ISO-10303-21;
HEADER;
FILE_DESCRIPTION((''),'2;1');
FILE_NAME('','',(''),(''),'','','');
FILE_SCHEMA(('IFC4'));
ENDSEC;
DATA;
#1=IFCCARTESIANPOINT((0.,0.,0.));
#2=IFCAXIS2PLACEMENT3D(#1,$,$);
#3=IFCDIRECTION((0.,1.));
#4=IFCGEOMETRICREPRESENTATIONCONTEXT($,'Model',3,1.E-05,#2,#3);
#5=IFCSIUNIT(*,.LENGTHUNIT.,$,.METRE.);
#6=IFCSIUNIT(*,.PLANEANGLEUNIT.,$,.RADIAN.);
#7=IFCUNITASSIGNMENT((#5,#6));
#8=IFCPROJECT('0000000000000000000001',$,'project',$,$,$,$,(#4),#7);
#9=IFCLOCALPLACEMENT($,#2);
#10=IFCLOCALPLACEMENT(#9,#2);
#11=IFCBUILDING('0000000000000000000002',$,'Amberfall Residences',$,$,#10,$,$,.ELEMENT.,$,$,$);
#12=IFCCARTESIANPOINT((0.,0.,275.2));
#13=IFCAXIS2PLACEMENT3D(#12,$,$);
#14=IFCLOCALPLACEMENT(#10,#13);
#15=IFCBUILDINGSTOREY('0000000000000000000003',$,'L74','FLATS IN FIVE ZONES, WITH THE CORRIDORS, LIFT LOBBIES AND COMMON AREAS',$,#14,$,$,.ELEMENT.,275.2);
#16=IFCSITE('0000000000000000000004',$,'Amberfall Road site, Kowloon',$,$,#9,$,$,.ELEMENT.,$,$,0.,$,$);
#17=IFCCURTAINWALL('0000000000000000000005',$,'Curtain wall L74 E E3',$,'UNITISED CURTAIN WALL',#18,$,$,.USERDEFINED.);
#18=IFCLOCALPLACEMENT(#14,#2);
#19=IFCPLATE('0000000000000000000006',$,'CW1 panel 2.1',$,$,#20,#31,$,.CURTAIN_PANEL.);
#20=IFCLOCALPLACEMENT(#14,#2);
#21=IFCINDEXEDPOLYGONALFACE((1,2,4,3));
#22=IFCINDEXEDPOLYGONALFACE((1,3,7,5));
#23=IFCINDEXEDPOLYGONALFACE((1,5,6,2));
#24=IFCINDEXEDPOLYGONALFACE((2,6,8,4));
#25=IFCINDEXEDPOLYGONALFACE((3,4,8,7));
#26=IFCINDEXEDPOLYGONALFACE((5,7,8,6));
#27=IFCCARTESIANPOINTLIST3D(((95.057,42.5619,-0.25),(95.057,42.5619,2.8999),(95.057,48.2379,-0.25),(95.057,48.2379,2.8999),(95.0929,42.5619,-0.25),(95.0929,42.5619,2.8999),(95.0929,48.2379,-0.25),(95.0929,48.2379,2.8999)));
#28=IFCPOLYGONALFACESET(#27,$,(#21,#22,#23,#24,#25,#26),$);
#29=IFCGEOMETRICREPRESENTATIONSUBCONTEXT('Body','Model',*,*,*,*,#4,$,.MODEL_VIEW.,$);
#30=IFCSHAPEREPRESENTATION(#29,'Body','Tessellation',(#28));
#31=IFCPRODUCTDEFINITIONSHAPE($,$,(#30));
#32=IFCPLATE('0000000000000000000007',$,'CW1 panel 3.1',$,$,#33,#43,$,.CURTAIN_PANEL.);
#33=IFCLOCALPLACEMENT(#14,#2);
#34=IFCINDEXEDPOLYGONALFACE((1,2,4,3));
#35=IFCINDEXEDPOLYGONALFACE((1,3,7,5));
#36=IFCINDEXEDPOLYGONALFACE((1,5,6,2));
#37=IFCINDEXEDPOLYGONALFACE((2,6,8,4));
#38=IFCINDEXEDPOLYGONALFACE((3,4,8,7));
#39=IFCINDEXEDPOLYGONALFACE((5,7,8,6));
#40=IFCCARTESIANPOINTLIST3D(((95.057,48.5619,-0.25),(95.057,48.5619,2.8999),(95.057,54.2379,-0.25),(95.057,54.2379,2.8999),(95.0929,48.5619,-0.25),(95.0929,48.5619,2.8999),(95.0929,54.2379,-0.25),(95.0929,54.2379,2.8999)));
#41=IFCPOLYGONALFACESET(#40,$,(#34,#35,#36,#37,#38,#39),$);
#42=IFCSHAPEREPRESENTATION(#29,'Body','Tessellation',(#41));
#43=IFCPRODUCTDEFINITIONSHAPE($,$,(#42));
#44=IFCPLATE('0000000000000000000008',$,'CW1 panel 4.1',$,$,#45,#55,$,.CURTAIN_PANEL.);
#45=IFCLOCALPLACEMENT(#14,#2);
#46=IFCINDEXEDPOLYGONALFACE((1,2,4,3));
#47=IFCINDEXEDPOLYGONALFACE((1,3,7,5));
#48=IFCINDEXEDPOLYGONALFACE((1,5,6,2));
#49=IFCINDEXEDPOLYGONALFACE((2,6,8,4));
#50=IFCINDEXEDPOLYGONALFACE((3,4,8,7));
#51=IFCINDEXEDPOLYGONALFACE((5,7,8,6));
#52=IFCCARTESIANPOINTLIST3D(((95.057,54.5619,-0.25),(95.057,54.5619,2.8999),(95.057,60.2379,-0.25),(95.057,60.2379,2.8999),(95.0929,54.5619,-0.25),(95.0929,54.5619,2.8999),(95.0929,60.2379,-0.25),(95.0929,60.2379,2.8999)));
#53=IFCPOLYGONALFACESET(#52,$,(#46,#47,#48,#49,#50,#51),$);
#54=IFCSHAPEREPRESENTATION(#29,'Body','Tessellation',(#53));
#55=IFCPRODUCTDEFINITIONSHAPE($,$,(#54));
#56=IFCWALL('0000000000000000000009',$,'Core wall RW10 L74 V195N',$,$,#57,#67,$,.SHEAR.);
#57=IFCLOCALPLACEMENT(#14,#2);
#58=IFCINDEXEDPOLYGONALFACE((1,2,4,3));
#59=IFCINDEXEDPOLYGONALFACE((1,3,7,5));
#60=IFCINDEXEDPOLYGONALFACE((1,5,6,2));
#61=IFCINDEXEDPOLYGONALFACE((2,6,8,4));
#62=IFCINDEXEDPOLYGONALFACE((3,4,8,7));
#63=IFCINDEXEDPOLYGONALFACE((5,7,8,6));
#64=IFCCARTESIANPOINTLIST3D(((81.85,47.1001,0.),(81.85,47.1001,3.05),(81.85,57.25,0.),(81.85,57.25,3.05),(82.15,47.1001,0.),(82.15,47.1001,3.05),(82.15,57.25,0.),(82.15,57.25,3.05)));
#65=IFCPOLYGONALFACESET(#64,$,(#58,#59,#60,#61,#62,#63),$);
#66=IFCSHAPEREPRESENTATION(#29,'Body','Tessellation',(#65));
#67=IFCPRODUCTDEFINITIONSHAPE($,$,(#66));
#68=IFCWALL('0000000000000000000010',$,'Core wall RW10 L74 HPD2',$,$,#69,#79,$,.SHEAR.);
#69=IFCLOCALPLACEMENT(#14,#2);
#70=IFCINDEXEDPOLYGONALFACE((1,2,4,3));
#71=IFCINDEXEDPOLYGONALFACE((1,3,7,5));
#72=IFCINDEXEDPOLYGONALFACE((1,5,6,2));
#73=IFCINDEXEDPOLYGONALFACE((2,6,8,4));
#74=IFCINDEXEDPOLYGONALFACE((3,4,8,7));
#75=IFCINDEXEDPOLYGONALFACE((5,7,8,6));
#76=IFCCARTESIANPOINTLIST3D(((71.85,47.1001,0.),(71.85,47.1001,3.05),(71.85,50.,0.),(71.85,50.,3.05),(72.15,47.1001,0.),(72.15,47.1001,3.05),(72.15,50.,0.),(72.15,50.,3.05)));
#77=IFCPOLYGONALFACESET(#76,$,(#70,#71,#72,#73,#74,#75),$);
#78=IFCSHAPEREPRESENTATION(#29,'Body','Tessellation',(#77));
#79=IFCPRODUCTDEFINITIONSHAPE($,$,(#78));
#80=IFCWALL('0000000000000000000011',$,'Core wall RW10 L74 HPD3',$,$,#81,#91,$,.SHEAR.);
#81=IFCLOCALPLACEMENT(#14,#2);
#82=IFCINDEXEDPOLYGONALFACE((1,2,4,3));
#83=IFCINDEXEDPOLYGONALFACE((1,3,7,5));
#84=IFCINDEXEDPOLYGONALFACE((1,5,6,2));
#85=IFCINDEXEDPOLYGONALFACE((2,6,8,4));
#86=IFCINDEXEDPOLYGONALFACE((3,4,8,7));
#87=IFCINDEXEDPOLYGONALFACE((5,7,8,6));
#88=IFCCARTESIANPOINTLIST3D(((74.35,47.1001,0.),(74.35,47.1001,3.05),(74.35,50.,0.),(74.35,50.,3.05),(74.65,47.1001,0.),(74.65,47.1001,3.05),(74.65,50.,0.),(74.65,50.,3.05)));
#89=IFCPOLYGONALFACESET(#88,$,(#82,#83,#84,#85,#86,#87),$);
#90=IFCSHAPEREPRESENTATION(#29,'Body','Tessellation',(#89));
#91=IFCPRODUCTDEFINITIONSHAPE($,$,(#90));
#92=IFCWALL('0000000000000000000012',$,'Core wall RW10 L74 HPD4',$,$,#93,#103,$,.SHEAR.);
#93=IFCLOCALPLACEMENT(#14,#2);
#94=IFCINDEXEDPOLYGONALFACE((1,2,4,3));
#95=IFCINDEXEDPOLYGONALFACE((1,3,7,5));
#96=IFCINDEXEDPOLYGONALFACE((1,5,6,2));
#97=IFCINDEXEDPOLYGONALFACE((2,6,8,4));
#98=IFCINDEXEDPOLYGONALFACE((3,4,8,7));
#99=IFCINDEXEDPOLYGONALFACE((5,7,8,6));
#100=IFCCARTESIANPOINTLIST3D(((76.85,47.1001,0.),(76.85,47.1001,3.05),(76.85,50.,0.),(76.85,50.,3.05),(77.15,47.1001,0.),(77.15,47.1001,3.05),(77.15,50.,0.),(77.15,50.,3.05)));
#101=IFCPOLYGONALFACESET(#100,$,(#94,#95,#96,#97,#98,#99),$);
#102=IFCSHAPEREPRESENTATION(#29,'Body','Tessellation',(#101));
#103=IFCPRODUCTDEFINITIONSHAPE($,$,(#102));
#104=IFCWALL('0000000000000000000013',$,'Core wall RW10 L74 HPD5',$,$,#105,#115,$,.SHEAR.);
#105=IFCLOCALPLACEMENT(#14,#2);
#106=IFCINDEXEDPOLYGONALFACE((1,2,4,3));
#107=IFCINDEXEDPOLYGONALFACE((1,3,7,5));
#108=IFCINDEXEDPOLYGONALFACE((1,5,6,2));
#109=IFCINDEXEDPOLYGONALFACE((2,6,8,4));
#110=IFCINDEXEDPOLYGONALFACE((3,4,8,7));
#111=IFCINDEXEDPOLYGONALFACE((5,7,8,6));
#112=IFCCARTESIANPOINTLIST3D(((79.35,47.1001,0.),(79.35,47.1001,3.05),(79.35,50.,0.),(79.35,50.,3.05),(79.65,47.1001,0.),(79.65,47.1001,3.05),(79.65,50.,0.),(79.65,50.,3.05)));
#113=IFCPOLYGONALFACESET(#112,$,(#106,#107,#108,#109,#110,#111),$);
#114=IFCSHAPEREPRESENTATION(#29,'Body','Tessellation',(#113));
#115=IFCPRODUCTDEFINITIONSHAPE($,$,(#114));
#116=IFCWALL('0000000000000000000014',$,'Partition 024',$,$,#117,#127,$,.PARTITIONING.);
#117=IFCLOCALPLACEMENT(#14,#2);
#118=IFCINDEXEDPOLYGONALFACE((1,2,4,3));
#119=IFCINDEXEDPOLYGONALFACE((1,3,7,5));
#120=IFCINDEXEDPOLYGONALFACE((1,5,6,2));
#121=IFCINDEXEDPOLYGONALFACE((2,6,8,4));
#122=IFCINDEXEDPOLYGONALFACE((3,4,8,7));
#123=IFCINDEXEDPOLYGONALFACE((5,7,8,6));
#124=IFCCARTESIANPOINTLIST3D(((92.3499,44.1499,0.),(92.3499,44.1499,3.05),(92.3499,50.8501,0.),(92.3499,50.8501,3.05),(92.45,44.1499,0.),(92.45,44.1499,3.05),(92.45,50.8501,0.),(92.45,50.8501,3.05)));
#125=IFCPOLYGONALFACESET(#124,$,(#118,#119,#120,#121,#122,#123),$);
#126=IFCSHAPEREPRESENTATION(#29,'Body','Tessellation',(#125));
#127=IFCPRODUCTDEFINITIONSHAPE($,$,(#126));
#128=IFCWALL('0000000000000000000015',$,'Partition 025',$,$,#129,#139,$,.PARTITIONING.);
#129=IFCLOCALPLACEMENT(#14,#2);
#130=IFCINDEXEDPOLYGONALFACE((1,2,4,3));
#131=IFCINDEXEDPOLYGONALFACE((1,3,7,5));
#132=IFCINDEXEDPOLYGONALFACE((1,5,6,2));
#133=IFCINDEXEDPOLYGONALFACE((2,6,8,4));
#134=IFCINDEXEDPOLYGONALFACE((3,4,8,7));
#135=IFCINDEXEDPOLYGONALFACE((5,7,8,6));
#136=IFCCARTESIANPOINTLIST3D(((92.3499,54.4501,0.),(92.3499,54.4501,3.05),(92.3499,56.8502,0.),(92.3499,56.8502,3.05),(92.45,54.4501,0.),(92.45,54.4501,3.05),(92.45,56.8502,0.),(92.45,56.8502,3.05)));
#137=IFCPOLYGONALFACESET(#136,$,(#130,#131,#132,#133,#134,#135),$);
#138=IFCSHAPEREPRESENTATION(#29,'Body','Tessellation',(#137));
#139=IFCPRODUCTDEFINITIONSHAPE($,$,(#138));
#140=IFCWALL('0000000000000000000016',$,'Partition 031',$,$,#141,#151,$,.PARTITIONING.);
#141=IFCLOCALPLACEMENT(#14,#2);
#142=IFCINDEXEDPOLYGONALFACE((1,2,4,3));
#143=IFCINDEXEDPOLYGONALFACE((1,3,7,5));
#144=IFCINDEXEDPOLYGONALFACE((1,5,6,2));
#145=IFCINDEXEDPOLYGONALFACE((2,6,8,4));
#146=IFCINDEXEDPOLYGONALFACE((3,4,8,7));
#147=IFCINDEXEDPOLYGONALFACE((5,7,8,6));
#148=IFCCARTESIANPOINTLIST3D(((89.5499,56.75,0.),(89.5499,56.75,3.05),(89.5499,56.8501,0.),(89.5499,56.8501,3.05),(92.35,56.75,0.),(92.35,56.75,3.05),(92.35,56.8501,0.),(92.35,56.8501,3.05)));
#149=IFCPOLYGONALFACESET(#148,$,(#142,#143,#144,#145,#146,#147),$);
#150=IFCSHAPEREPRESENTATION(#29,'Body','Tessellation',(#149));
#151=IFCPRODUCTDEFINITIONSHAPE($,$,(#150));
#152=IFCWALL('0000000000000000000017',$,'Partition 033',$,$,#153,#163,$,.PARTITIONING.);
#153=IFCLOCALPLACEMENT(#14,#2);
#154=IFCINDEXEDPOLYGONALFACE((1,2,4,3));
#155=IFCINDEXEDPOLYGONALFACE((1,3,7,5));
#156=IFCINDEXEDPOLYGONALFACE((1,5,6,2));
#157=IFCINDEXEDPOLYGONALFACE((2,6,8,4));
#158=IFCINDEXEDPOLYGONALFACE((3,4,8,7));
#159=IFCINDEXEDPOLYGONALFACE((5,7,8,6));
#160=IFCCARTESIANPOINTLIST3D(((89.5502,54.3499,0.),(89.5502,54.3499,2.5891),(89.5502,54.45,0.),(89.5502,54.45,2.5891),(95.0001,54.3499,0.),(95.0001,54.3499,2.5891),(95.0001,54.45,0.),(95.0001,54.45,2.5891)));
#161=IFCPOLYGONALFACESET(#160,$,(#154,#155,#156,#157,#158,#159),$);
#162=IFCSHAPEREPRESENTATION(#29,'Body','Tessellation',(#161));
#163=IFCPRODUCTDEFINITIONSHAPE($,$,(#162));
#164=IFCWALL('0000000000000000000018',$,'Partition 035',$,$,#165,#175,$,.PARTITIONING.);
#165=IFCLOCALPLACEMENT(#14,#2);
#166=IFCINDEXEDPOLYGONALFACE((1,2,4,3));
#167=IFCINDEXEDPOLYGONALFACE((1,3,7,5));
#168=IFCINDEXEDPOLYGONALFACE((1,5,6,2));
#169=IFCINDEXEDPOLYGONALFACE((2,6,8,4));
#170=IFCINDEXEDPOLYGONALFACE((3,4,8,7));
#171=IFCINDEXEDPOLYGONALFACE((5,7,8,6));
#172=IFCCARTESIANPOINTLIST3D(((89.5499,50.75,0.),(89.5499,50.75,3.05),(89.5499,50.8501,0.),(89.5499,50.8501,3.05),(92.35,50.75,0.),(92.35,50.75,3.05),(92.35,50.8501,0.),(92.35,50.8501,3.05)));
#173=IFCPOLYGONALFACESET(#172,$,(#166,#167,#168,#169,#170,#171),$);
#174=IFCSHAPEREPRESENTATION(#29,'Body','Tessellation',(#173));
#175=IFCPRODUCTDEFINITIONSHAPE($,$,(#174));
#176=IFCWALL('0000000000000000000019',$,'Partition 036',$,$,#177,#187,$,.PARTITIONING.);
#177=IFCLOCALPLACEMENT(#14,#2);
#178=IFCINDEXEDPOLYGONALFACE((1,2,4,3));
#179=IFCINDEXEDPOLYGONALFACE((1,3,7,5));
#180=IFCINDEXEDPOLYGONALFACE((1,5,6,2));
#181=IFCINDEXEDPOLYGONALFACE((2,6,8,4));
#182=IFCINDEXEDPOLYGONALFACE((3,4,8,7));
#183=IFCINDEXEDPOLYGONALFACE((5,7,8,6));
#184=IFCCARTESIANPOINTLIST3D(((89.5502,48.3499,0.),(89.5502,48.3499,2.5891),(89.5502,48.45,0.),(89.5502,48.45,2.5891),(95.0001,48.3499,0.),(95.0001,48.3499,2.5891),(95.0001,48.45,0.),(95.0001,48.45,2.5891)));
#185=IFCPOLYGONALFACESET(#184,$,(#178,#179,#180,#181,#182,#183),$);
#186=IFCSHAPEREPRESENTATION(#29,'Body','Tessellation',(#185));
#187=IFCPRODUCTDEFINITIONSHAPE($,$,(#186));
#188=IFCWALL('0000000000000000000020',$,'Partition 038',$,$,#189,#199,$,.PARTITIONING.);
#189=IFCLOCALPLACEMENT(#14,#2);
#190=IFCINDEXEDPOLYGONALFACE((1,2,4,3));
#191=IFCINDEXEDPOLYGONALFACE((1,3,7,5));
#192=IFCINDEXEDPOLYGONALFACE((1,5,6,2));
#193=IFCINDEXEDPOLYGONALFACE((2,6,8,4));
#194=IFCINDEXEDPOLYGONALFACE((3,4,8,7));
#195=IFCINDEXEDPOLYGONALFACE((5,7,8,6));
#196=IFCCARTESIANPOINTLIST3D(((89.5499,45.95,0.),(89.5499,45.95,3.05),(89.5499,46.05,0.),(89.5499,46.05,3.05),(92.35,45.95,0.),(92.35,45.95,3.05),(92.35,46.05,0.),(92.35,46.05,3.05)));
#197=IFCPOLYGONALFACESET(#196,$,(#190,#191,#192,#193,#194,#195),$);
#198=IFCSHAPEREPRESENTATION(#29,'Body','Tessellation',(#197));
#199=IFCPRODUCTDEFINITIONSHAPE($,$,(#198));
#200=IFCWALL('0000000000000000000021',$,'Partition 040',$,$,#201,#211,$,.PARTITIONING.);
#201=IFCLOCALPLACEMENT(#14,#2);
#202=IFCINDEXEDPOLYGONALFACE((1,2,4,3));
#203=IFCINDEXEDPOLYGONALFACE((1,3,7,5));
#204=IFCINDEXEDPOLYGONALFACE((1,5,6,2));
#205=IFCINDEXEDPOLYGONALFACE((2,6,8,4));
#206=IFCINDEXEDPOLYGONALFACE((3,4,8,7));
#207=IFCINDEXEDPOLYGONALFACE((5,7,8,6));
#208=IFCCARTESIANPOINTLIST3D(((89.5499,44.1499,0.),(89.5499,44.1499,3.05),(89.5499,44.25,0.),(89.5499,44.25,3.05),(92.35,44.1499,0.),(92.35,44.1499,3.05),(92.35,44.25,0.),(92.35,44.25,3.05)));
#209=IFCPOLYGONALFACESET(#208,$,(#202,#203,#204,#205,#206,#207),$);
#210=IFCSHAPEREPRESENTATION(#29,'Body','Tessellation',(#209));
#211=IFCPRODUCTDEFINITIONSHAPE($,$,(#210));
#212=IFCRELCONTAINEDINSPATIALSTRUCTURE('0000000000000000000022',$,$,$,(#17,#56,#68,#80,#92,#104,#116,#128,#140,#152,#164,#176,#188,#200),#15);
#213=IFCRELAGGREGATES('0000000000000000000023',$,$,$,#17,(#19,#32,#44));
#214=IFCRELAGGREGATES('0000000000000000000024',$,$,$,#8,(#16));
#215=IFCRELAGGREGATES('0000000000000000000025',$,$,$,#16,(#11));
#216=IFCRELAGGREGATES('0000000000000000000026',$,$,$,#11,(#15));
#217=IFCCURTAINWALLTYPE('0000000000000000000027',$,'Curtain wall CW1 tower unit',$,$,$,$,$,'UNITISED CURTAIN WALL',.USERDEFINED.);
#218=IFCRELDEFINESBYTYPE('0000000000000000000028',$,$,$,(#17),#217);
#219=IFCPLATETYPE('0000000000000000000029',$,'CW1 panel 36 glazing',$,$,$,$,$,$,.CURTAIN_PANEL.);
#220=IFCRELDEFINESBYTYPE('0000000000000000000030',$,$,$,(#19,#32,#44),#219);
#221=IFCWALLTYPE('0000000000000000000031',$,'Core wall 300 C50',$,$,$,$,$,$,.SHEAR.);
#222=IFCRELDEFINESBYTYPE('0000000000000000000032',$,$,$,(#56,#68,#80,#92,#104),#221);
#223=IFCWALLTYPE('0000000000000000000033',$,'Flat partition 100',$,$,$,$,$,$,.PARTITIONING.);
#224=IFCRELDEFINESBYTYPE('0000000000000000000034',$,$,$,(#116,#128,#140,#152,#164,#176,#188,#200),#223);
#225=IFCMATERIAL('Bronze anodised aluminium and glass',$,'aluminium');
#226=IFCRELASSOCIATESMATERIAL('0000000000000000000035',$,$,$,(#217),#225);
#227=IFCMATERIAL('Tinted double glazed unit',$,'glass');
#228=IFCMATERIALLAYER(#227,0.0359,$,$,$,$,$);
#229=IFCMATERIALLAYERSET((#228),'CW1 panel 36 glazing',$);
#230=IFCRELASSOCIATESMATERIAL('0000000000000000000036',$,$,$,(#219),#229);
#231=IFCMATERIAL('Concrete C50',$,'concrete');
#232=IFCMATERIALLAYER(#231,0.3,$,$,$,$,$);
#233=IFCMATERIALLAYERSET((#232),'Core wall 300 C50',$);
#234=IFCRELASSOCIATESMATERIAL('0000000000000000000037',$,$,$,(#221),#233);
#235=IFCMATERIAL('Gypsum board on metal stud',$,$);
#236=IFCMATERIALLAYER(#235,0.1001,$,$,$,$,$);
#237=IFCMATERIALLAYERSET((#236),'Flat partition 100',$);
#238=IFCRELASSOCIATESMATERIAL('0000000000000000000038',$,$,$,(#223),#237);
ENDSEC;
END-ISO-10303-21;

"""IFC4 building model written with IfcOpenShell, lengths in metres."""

from ifc_helpers import new_model, si_unit, direction, frame, frame_2d, origin, origin_2d, place, context, subcontext, project, spatial, rectangle, extrude, material, layer, layer_set, type_object, element, aggregate, save


model = new_model("IFC4")

# Units and contexts
model_context = context("Model", 3, precision=1e-05, world=origin(), true_north=direction((0.0, 1.0)))
body_context = subcontext(model_context, "Body", "Model", "MODEL_VIEW")
ifc_project = project(units=[si_unit("LENGTHUNIT", "METRE"), si_unit("PLANEANGLEUNIT", "RADIAN")], contexts=[model_context])

# Site, building, storey
site_placement = place(None, origin())
site = spatial("IfcSite", under=ifc_project, at=site_placement, Name="Amberfall Road site, Kowloon", CompositionType="ELEMENT", RefElevation=0.0)
building_placement = place(site_placement, origin())
building = spatial("IfcBuilding", under=site, at=building_placement, Name="Amberfall Residences", CompositionType="ELEMENT")
storey_placement = place(building_placement, frame((0.0, 0.0, 275.2)))
storey = spatial("IfcBuildingStorey", under=building, at=storey_placement, Name="L74", Description="FLATS IN FIVE ZONES, WITH THE CORRIDORS, LIFT LOBBIES AND COMMON AREAS", CompositionType="ELEMENT", Elevation=275.2)

# Shared definitions
ifc_material_1 = material(Name="Concrete C50", Category="concrete")

# Curtain wall
ifc_material_2 = material(Name="Bronze anodised aluminium and glass", Category="aluminium")
curtain_wall_type = type_object("IfcCurtainWallType", Name="Curtain wall CW1 tower unit", ElementType="UNITISED CURTAIN WALL", PredefinedType="USERDEFINED", material=ifc_material_2)
curtain_wall_placement = place(storey_placement, origin())
curtain_wall = element("IfcCurtainWall", 1, at=curtain_wall_placement, inside=storey, type_object=curtain_wall_type, Name="Curtain wall L74 E E3", ObjectType="UNITISED CURTAIN WALL", PredefinedType="USERDEFINED")

# Plates
ifc_material_3 = material(Name="Tinted double glazed unit", Category="glass")
ifc_layer_1 = layer(ifc_material_3, 0.0359)
ifc_layer_set_1 = layer_set([ifc_layer_1], Name="CW1 panel 36 glazing")
plate_type = type_object("IfcPlateType", Name="CW1 panel 36 glazing", PredefinedType="CURTAIN_PANEL", material=ifc_layer_set_1)
plate_1_placement = place(storey_placement, frame((95.075, 45.3999, -0.25), z_axis=(0.0, 0.0, 1.0), x_axis=(0.0, 1.0, 0.0)))
plate_1 = element("IfcPlate", 2, at=plate_1_placement, type_object=plate_type, Name="CW1 panel 2.1", PredefinedType="CURTAIN_PANEL", context=body_context, shape_type="SweptSolid", body=[
    extrude(rectangle(XDim=5.676, YDim=0.0359, at=origin_2d()), origin(), (0.0, 0.0, 1.0), 3.1499),
])
plate_2_placement = place(storey_placement, frame((95.075, 51.3999, -0.25), z_axis=(0.0, 0.0, 1.0), x_axis=(0.0, 1.0, 0.0)))
plate_2 = element("IfcPlate", 3, at=plate_2_placement, type_object=plate_type, Name="CW1 panel 3.1", PredefinedType="CURTAIN_PANEL", context=body_context, shape_type="SweptSolid", body=[
    extrude(rectangle(XDim=5.676, YDim=0.0359, at=origin_2d()), origin(), (0.0, 0.0, 1.0), 3.1499),
])
plate_3_placement = place(storey_placement, frame((95.075, 57.3999, -0.25), z_axis=(0.0, 0.0, 1.0), x_axis=(0.0, 1.0, 0.0)))
plate_3 = element("IfcPlate", 4, at=plate_3_placement, type_object=plate_type, Name="CW1 panel 4.1", PredefinedType="CURTAIN_PANEL", context=body_context, shape_type="SweptSolid", body=[
    extrude(rectangle(XDim=5.676, YDim=0.0359, at=origin_2d()), origin(), (0.0, 0.0, 1.0), 3.1499),
])
aggregate(curtain_wall, [plate_1, plate_2, plate_3])

# Walls
ifc_layer_2 = layer(ifc_material_1, 0.3)
ifc_layer_set_2 = layer_set([ifc_layer_2], Name="Core wall 300 C50")
wall_type_1 = type_object("IfcWallType", Name="Core wall 300 C50", PredefinedType="SHEAR", material=ifc_layer_set_2)
wall_1_placement = place(storey_placement, frame((82.0, 47.1001, 0.0), z_axis=(0.0, 0.0, 1.0), x_axis=(0.0, 1.0, 0.0)))
element("IfcWall", 5, at=wall_1_placement, inside=storey, type_object=wall_type_1, Name="Core wall RW10 L74 V195N", PredefinedType="SHEAR", context=body_context, shape_type="SweptSolid", body=[
    extrude(rectangle(XDim=10.1499, YDim=0.3, at=frame_2d((5.075, 0.0))), origin(), (0.0, 0.0, 1.0), 3.05),
])
for number, where, z_axis, x_axis, name in (
    (6, (72.0, 47.1001, 0.0), (0.0, 0.0, 1.0), (0.0, 1.0, 0.0), "Core wall RW10 L74 HPD2"),
    (7, (74.5, 47.1001, 0.0), (0.0, 0.0, 1.0), (0.0, 1.0, 0.0), "Core wall RW10 L74 HPD3"),
    (8, (77.0, 47.1001, 0.0), (0.0, 0.0, 1.0), (0.0, 1.0, 0.0), "Core wall RW10 L74 HPD4"),
    (9, (79.5, 47.1001, 0.0), (0.0, 0.0, 1.0), (0.0, 1.0, 0.0), "Core wall RW10 L74 HPD5"),
):
    element("IfcWall", number, at=place(storey_placement, frame(where, z_axis=z_axis, x_axis=x_axis)), inside=storey, type_object=wall_type_1, Name=name, PredefinedType="SHEAR", context=body_context, shape_type="SweptSolid", body=[
        extrude(rectangle(XDim=2.8999, YDim=0.3, at=frame_2d((1.45, 0.0))), origin(), (0.0, 0.0, 1.0), 3.05),
    ])
ifc_material_4 = material(Name="Gypsum board on metal stud")
ifc_layer_3 = layer(ifc_material_4, 0.1001)
ifc_layer_set_3 = layer_set([ifc_layer_3], Name="Flat partition 100")
wall_type_2 = type_object("IfcWallType", Name="Flat partition 100", PredefinedType="PARTITIONING", material=ifc_layer_set_3)
wall_2_placement = place(storey_placement, frame((92.3999, 44.1499, 0.0), z_axis=(0.0, 0.0, 1.0), x_axis=(0.0, 1.0, 0.0)))
element("IfcWall", 10, at=wall_2_placement, inside=storey, type_object=wall_type_2, Name="Partition 024", PredefinedType="PARTITIONING", context=body_context, shape_type="SweptSolid", body=[
    extrude(rectangle(XDim=6.7002, YDim=0.1001, at=frame_2d((3.3501, 0.0))), origin(), (0.0, 0.0, 1.0), 3.05),
])
wall_3_placement = place(storey_placement, frame((92.3999, 54.45, 0.0), z_axis=(0.0, 0.0, 1.0), x_axis=(0.0, 1.0, 0.0)))
element("IfcWall", 11, at=wall_3_placement, inside=storey, type_object=wall_type_2, Name="Partition 025", PredefinedType="PARTITIONING", context=body_context, shape_type="SweptSolid", body=[
    extrude(rectangle(XDim=2.4001, YDim=0.1001, at=frame_2d((1.2002, 0.0))), origin(), (0.0, 0.0, 1.0), 3.05),
])
wall_4_placement = place(storey_placement, frame((89.55, 56.8, 0.0), z_axis=(0.0, 0.0, 1.0), x_axis=(1.0, 0.0, 0.0)))
element("IfcWall", 12, at=wall_4_placement, inside=storey, type_object=wall_type_2, Name="Partition 031", PredefinedType="PARTITIONING", context=body_context, shape_type="SweptSolid", body=[
    extrude(rectangle(XDim=2.8, YDim=0.1001, at=frame_2d((1.3999, 0.0))), origin(), (0.0, 0.0, 1.0), 3.05),
])
wall_5_placement = place(storey_placement, frame((89.55, 54.3999, 0.0), z_axis=(0.0, 0.0, 1.0), x_axis=(1.0, 0.0, 0.0)))
element("IfcWall", 13, at=wall_5_placement, inside=storey, type_object=wall_type_2, Name="Partition 033", PredefinedType="PARTITIONING", context=body_context, shape_type="SweptSolid", body=[
    extrude(rectangle(XDim=5.45, YDim=0.1001, at=frame_2d((2.7251, 0.0))), origin(), (0.0, 0.0, 1.0), 2.5891),
])
wall_6_placement = place(storey_placement, frame((89.55, 50.8, 0.0), z_axis=(0.0, 0.0, 1.0), x_axis=(1.0, 0.0, 0.0)))
element("IfcWall", 14, at=wall_6_placement, inside=storey, type_object=wall_type_2, Name="Partition 035", PredefinedType="PARTITIONING", context=body_context, shape_type="SweptSolid", body=[
    extrude(rectangle(XDim=2.8, YDim=0.1001, at=frame_2d((1.3999, 0.0))), origin(), (0.0, 0.0, 1.0), 3.05),
])
wall_7_placement = place(storey_placement, frame((89.55, 48.3999, 0.0), z_axis=(0.0, 0.0, 1.0), x_axis=(1.0, 0.0, 0.0)))
element("IfcWall", 15, at=wall_7_placement, inside=storey, type_object=wall_type_2, Name="Partition 036", PredefinedType="PARTITIONING", context=body_context, shape_type="SweptSolid", body=[
    extrude(rectangle(XDim=5.45, YDim=0.1001, at=frame_2d((2.7251, 0.0))), origin(), (0.0, 0.0, 1.0), 2.5891),
])
for number, where, z_axis, x_axis, name in (
    (16, (89.55, 46.0, 0.0), (0.0, 0.0, 1.0), (1.0, 0.0, 0.0), "Partition 038"),
    (17, (89.55, 44.2, 0.0), (0.0, 0.0, 1.0), (1.0, 0.0, 0.0), "Partition 040"),
):
    element("IfcWall", number, at=place(storey_placement, frame(where, z_axis=z_axis, x_axis=x_axis)), inside=storey, type_object=wall_type_2, Name=name, PredefinedType="PARTITIONING", context=body_context, shape_type="SweptSolid", body=[
        extrude(rectangle(XDim=2.8, YDim=0.1001, at=frame_2d((1.3999, 0.0))), origin(), (0.0, 0.0, 1.0), 3.05),
    ])

save(model, "model.ifc")
